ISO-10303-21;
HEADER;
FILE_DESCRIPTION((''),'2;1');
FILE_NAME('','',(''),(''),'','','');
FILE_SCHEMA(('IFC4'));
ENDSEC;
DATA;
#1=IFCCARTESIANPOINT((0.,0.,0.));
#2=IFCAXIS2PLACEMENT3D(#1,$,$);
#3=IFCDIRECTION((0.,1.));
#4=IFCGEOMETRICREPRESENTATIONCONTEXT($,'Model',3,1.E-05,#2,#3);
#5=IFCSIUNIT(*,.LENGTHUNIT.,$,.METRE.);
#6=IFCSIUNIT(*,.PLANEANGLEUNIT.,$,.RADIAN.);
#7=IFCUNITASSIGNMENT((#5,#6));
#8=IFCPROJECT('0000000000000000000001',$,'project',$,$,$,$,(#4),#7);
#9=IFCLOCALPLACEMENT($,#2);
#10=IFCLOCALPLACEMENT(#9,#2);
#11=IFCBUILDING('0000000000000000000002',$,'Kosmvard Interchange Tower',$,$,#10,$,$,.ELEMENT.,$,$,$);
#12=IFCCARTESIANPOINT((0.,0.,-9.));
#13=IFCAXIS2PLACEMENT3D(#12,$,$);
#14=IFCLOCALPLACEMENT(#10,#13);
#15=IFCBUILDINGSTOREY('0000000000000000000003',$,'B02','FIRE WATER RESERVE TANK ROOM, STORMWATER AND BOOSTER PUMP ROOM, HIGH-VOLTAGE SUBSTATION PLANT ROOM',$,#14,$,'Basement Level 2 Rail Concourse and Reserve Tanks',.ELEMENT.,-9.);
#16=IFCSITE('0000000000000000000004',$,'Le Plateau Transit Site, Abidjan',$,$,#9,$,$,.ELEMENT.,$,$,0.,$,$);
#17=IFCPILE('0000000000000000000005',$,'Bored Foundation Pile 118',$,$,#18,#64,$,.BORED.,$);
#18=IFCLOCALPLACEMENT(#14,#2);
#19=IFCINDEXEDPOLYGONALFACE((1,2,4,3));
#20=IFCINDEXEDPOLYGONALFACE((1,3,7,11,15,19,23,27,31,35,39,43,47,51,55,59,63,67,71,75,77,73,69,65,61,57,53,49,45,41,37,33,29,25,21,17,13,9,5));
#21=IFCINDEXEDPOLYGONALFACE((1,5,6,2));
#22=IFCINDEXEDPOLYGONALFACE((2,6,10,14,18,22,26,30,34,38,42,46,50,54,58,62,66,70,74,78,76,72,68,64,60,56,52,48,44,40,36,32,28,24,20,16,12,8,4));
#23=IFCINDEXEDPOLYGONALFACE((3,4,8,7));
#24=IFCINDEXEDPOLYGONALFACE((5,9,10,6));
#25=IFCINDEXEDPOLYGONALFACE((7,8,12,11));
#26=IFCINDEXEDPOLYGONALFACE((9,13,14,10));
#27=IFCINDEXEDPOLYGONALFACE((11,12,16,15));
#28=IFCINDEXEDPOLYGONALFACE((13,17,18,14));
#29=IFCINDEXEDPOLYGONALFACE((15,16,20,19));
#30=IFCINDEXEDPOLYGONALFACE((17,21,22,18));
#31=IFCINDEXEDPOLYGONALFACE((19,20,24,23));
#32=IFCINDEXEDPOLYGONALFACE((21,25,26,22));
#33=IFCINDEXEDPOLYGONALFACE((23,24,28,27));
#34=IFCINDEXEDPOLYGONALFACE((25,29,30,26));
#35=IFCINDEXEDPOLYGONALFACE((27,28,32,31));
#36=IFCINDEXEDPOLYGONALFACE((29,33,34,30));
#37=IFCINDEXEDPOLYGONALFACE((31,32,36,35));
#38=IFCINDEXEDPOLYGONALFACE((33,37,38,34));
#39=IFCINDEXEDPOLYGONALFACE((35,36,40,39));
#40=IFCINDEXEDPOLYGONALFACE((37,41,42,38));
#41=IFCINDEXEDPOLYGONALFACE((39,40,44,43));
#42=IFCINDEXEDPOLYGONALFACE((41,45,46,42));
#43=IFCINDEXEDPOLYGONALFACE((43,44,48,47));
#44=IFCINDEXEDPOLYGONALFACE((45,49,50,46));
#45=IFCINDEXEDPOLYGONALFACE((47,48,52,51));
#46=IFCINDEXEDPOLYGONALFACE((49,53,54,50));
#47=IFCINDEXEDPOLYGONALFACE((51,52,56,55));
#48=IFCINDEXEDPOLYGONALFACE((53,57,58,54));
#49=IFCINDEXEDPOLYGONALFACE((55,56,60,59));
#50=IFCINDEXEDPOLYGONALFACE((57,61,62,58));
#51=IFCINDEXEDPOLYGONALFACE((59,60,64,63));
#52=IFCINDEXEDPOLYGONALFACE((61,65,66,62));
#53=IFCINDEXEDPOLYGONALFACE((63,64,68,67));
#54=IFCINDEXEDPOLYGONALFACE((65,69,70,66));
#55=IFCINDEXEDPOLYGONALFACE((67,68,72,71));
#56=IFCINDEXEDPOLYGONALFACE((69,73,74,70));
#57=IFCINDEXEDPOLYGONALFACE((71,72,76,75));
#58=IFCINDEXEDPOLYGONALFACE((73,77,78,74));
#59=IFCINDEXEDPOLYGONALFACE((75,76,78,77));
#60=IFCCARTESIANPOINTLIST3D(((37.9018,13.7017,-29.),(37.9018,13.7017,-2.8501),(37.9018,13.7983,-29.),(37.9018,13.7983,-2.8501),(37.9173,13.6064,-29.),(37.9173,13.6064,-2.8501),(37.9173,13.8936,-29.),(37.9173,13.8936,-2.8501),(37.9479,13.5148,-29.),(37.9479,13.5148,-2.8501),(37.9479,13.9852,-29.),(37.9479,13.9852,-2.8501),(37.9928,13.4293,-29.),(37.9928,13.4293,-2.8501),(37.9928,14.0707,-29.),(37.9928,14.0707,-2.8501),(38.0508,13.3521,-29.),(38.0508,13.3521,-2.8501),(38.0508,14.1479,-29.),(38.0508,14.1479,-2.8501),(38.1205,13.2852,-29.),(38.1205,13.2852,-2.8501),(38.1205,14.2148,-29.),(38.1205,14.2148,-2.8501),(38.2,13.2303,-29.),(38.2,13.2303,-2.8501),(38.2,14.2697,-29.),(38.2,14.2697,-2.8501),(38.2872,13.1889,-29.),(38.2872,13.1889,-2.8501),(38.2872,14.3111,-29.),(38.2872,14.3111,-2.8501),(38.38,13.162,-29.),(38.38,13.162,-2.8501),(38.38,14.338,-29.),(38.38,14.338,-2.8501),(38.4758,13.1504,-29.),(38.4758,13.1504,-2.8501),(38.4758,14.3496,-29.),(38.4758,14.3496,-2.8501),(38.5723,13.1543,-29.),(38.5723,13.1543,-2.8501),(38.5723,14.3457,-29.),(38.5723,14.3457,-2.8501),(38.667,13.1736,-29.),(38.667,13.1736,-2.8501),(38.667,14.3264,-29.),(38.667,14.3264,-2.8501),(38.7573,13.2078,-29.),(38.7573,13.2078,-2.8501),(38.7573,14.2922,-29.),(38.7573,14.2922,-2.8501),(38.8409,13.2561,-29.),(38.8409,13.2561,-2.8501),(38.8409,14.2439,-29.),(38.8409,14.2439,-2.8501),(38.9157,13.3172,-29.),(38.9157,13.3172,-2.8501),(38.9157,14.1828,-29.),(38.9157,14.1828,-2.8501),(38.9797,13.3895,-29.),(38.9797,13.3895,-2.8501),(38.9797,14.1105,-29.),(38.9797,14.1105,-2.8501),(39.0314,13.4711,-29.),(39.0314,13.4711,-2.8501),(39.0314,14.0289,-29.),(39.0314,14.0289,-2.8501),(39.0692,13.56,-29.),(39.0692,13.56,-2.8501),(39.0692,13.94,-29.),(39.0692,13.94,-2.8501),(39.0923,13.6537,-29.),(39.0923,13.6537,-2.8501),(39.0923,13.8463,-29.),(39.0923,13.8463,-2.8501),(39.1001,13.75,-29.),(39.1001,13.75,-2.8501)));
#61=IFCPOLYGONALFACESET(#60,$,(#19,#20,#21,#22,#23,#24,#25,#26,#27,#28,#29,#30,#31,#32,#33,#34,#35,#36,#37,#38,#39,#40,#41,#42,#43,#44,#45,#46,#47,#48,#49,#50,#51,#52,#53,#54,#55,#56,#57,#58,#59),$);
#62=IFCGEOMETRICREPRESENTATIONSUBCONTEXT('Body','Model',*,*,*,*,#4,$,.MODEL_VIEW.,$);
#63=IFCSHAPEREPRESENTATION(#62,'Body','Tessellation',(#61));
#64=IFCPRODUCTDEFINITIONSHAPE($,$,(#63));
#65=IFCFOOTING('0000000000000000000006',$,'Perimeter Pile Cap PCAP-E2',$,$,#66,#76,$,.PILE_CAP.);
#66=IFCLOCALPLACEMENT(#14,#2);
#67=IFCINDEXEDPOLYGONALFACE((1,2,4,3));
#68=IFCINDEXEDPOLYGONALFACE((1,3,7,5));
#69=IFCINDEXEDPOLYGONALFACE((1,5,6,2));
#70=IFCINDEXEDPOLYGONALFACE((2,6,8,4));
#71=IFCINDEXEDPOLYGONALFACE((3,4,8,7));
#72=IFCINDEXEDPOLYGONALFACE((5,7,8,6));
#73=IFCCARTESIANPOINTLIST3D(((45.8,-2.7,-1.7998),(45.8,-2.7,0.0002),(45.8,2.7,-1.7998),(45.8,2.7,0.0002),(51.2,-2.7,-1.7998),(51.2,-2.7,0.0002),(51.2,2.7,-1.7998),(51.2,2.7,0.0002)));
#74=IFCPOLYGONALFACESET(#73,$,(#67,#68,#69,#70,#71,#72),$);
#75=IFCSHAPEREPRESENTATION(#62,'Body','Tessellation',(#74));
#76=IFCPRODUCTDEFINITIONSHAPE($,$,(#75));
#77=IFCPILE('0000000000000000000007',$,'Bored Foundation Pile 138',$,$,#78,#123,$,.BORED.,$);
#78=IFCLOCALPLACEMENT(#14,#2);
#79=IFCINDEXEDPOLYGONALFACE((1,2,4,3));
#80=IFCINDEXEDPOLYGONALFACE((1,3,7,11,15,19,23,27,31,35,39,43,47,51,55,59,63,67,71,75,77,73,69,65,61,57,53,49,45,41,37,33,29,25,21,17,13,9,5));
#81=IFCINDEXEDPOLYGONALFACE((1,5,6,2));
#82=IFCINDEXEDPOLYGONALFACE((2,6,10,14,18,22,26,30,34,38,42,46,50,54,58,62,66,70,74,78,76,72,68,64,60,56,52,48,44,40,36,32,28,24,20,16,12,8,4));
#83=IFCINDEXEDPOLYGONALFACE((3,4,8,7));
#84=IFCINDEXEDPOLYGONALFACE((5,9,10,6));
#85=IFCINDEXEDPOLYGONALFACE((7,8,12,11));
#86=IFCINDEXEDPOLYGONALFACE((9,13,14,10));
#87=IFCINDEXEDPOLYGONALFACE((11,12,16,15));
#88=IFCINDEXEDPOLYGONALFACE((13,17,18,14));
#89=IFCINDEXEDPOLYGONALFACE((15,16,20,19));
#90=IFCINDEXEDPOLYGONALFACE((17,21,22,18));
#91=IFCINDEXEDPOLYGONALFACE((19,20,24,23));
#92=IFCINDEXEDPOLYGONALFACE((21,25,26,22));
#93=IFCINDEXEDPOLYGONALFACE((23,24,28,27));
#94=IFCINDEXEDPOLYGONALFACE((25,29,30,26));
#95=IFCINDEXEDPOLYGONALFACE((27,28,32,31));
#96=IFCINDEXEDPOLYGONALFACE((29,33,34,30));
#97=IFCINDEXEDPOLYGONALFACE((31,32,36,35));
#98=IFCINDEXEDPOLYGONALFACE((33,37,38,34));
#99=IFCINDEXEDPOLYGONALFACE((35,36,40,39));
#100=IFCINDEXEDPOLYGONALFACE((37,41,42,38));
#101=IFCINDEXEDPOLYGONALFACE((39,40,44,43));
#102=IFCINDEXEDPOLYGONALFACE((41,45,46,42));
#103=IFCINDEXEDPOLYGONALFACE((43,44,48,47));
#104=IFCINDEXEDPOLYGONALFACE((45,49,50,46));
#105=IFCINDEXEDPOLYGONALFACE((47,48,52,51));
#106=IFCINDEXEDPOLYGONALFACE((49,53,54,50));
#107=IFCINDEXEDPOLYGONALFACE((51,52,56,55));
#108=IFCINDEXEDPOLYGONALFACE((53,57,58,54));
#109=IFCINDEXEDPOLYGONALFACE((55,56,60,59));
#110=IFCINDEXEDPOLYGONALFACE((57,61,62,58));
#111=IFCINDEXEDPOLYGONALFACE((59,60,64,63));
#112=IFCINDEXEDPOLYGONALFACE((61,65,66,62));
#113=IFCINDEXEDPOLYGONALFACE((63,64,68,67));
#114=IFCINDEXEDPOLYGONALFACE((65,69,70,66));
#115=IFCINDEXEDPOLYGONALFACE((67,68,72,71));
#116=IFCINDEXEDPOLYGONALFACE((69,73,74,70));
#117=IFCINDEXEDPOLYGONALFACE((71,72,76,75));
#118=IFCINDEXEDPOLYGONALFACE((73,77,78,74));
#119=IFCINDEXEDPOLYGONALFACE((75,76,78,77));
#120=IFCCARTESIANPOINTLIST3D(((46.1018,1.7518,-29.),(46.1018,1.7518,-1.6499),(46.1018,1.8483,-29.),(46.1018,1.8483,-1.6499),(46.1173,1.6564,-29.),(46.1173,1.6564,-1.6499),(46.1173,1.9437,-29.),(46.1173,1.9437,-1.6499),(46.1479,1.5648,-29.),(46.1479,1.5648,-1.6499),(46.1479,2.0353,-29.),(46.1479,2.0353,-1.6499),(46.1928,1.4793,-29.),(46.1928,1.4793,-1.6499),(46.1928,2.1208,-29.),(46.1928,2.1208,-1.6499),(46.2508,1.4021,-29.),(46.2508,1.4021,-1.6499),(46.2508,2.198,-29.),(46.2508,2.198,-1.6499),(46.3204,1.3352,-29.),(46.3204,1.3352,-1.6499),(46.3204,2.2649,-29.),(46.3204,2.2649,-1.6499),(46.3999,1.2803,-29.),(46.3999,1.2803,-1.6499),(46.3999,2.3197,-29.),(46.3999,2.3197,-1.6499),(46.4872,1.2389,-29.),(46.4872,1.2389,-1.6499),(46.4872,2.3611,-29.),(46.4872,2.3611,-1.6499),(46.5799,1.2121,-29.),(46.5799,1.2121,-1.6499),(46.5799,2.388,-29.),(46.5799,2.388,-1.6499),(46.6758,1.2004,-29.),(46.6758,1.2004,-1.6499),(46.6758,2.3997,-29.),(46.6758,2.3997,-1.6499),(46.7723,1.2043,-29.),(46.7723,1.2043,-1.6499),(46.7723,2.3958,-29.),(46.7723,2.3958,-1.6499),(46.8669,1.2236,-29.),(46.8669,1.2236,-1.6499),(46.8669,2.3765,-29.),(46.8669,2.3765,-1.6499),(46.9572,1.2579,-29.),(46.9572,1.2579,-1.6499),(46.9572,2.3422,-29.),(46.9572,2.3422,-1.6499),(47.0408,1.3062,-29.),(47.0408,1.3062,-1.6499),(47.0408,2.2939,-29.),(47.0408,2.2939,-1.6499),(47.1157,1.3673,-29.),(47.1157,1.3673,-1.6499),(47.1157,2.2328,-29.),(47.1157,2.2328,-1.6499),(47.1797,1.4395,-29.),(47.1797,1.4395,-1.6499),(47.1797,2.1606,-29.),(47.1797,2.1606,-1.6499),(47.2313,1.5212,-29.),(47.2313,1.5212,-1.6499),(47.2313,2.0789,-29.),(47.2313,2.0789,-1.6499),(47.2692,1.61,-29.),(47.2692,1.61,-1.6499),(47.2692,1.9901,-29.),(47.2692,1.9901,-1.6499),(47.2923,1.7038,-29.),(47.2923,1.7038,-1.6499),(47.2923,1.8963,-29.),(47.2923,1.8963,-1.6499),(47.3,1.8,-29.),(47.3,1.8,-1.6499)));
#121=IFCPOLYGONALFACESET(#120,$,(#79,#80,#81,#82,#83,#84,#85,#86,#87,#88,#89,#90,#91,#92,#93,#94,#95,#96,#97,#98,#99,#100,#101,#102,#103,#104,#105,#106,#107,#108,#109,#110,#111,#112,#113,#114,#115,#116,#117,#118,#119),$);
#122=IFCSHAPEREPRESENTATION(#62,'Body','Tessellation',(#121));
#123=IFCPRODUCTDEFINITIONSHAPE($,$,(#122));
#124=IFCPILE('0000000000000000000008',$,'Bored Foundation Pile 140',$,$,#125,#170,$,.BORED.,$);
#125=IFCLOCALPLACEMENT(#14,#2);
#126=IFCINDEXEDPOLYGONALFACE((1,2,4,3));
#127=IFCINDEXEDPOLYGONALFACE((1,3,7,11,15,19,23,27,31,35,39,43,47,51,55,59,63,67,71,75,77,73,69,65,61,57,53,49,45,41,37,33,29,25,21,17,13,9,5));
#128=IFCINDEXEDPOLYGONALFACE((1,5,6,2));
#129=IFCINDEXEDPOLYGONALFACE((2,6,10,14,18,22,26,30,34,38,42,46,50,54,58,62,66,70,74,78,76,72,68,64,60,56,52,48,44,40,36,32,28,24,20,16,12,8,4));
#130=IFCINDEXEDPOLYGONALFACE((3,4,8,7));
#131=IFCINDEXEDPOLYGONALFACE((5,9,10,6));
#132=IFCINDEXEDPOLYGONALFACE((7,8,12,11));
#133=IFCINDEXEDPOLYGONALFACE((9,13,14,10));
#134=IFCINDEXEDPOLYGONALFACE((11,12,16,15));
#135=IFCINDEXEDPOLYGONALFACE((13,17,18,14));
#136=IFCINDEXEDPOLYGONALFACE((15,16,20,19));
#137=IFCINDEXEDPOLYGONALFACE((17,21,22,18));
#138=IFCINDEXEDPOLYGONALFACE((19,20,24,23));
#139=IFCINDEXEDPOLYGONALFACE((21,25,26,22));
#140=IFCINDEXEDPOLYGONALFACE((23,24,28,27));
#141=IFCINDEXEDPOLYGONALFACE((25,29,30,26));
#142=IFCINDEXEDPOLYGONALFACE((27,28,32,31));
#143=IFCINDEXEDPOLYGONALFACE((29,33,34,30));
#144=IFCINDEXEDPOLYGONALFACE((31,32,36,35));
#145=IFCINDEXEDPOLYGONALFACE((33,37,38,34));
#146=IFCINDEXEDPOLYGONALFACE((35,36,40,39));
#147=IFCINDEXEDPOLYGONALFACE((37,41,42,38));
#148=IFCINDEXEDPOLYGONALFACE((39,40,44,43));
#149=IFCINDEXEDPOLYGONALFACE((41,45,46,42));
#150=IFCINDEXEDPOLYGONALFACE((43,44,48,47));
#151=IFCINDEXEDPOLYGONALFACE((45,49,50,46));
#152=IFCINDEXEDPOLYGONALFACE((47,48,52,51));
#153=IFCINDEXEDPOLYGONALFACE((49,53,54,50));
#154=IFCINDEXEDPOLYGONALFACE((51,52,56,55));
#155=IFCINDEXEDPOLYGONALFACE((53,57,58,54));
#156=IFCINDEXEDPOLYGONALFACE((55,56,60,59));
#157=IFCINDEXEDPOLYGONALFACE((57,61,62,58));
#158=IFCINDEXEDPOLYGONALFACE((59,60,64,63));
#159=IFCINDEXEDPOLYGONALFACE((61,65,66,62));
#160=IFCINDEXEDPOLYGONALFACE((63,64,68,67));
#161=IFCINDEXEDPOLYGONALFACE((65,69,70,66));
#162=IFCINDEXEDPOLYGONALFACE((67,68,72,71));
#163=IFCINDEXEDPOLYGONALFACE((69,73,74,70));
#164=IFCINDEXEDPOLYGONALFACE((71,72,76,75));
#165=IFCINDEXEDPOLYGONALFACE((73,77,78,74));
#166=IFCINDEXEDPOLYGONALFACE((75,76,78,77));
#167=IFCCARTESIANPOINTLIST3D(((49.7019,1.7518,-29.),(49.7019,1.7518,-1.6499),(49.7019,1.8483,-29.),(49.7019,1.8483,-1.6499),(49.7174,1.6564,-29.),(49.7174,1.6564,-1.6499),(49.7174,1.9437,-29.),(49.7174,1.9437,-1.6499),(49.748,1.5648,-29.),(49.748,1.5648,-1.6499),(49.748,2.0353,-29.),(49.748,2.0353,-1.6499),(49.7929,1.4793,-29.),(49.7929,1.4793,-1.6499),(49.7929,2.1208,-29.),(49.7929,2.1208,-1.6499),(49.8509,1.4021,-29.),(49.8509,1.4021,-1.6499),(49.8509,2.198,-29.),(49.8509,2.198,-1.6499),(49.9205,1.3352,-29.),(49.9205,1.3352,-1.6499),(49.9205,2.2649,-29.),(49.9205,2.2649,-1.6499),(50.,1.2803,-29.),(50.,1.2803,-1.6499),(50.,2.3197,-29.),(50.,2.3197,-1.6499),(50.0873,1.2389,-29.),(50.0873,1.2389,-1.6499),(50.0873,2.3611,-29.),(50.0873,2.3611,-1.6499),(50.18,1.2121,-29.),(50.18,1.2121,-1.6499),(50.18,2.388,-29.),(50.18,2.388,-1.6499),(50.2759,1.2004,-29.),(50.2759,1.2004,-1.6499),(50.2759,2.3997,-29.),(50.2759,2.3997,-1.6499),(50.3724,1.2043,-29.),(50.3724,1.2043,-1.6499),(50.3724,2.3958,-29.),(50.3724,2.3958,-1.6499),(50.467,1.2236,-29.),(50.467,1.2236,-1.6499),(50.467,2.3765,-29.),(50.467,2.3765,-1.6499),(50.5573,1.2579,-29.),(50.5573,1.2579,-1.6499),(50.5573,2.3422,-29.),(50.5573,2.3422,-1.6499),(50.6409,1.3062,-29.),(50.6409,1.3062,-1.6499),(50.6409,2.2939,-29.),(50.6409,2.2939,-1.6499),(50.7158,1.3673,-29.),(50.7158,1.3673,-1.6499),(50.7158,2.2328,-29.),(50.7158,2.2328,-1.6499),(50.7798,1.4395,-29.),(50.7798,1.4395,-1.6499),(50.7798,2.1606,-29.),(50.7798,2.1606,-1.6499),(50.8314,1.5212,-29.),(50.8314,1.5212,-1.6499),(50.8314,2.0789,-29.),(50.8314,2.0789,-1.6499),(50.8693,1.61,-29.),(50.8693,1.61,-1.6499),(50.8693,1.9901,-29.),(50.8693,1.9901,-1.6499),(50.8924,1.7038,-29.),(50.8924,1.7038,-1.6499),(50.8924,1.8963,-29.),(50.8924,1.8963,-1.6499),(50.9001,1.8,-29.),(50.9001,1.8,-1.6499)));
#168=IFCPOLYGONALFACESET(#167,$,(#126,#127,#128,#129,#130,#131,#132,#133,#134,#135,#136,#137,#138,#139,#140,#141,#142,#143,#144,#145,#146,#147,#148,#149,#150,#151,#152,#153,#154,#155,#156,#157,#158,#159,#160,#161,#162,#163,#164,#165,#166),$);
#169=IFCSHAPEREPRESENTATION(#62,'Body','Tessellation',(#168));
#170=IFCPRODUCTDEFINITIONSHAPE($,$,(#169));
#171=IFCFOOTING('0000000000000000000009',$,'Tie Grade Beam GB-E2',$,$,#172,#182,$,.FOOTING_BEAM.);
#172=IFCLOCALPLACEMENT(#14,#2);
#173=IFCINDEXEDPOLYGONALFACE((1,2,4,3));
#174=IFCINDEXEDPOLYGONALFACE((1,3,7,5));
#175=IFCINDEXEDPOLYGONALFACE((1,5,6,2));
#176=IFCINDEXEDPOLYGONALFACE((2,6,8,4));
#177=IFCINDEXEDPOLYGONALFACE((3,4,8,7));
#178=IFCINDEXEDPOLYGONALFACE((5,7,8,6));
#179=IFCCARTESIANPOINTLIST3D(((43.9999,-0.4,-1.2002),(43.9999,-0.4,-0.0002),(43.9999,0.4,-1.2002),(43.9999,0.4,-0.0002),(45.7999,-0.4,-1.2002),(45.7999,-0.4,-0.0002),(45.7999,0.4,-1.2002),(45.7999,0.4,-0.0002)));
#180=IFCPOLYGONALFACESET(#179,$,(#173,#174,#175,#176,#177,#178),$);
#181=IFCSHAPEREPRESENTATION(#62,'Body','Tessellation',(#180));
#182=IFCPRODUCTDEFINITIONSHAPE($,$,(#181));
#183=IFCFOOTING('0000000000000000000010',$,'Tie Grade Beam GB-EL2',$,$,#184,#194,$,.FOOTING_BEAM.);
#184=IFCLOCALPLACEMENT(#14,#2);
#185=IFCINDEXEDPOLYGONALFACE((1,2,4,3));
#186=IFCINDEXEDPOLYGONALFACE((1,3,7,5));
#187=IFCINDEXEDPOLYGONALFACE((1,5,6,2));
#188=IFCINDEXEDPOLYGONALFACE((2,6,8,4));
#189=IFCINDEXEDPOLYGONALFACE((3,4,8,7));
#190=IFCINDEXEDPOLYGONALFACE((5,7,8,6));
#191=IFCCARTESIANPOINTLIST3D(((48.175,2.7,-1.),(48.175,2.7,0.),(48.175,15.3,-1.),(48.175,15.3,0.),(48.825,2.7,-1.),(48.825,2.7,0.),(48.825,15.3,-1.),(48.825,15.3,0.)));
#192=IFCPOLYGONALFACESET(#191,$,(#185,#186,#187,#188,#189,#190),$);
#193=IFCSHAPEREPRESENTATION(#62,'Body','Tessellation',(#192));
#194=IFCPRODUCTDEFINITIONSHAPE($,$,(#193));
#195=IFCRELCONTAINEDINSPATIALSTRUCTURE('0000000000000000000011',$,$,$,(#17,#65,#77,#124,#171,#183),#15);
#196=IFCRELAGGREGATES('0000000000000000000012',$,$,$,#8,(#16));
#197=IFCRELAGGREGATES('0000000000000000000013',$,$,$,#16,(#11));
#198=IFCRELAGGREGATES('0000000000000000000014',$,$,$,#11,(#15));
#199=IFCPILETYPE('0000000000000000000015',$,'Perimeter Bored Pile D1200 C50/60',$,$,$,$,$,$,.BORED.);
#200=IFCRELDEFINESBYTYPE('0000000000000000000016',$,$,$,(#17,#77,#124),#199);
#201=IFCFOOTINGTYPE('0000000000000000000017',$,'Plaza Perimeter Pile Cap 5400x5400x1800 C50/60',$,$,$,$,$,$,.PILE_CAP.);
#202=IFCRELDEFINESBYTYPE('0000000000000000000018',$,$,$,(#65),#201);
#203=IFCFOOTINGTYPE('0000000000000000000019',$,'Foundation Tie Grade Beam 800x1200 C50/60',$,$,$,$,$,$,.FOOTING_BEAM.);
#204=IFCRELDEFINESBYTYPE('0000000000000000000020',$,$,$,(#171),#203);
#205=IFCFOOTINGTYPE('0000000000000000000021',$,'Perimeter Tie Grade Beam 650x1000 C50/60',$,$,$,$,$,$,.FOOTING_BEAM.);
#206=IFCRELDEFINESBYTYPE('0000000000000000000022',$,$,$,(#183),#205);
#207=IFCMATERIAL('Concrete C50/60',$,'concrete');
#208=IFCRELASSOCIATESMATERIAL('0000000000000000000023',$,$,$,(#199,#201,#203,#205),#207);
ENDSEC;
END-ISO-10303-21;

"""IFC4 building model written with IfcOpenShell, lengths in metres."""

from ifc_helpers import new_model, si_unit, direction, frame, origin, origin_2d, place, context, subcontext, project, spatial, rectangle, circle, extrude, source, transform, mapped, material, material_profile, profile_set, type_object, element, save


model = new_model("IFC4")

# Units and contexts
model_context = context("Model", 3, precision=1e-05, world=origin(), true_north=direction((0.0, 1.0)))
body_context = subcontext(model_context, "Body", "Model", "MODEL_VIEW")
ifc_project = project(units=[si_unit("LENGTHUNIT", "METRE"), si_unit("PLANEANGLEUNIT", "RADIAN")], contexts=[model_context])

# Site, building, storey
site_placement = place(None, origin())
site = spatial("IfcSite", under=ifc_project, at=site_placement, Name="Le Plateau Transit Site, Abidjan", CompositionType="ELEMENT", RefElevation=0.0)
building_placement = place(site_placement, origin())
building = spatial("IfcBuilding", under=site, at=building_placement, Name="Kosmvard Interchange Tower", CompositionType="ELEMENT")
storey_placement = place(building_placement, frame((0.0, 0.0, -9.0)))
storey = spatial("IfcBuildingStorey", under=building, at=storey_placement, Name="B02", Description="FIRE WATER RESERVE TANK ROOM, STORMWATER AND BOOSTER PUMP ROOM, HIGH-VOLTAGE SUBSTATION PLANT ROOM", LongName="Basement Level 2 Rail Concourse and Reserve Tanks", CompositionType="ELEMENT", Elevation=-9.0)

# Pile
ifc_material_1 = material(Name="Concrete C50/60", Category="concrete")
ifc_material_profile_1 = material_profile(ifc_material_1, circle(Radius=0.6001, at=origin_2d()), Name="PILE D1200")
ifc_profile_set_1 = profile_set([ifc_material_profile_1], Name="Concrete C50/60")
pile_type = type_object("IfcPileType", Name="Perimeter Bored Pile D1200 C50/60", PredefinedType="BORED", material=ifc_profile_set_1)
shared_shape_1 = source(origin(), body_context, "Body", "SweptSolid", [
    extrude(circle(Radius=0.6001, at=origin_2d()), origin(), (0.0, 0.0, 1.0), 26.1499),
])
for number, where, z_axis, x_axis, name in (
    (1, (38.5, 13.75, -2.8501), (0.0, 0.0, -1.0), (1.0, 0.0, 0.0), "Bored Foundation Pile 118"),
):
    element("IfcPile", number, at=place(storey_placement, frame(where, z_axis=z_axis, x_axis=x_axis)), inside=storey, type_object=pile_type, Name=name, PredefinedType="BORED", context=body_context, shape_type="MappedRepresentation", body=[
        mapped(shared_shape_1, transform((0.0, 0.0, 0.0), scale=1.0)),
    ])

# Footing
footing_type_1 = type_object("IfcFootingType", Name="Plaza Perimeter Pile Cap 5400x5400x1800 C50/60", PredefinedType="PILE_CAP", material=ifc_material_1)
shared_shape_2 = source(origin(), body_context, "Body", "SweptSolid", [
    extrude(rectangle(XDim=5.3999, YDim=5.3999, at=origin_2d()), origin(), (0.0, 0.0, 1.0), 1.8),
])
footing_1_placement = place(storey_placement, frame((48.5, 0.0, -1.7998), z_axis=(0.0, 0.0, 1.0), x_axis=(1.0, 0.0, 0.0)))
element("IfcFooting", 2, at=footing_1_placement, inside=storey, type_object=footing_type_1, Name="Perimeter Pile Cap PCAP-E2", PredefinedType="PILE_CAP", context=body_context, shape_type="MappedRepresentation", body=[
    mapped(shared_shape_2, transform((0.0, 0.0, 0.0), scale=1.0)),
])

# Piles
shared_shape_3 = source(origin(), body_context, "Body", "SweptSolid", [
    extrude(circle(Radius=0.6001, at=origin_2d()), origin(), (0.0, 0.0, 1.0), 27.3501),
])
for number, where, z_axis, x_axis, name in (
    (3, (46.7, 1.8, -1.6499), (0.0, 0.0, -1.0), (1.0, 0.0, 0.0), "Bored Foundation Pile 138"),
    (4, (50.3, 1.8, -1.6499), (0.0, 0.0, -1.0), (1.0, 0.0, 0.0), "Bored Foundation Pile 140"),
):
    element("IfcPile", number, at=place(storey_placement, frame(where, z_axis=z_axis, x_axis=x_axis)), inside=storey, type_object=pile_type, Name=name, PredefinedType="BORED", context=body_context, shape_type="MappedRepresentation", body=[
        mapped(shared_shape_3, transform((0.0, 0.0, 0.0), scale=1.0)),
    ])

# Footings
ifc_material_profile_2 = material_profile(ifc_material_1, rectangle(XDim=0.8, YDim=1.2, at=origin_2d()), Name="GB 800x1200")
ifc_profile_set_2 = profile_set([ifc_material_profile_2], Name="Concrete C50/60")
footing_type_2 = type_object("IfcFootingType", Name="Foundation Tie Grade Beam 800x1200 C50/60", PredefinedType="FOOTING_BEAM", material=ifc_profile_set_2)
shared_shape_4 = source(origin(), body_context, "Body", "SweptSolid", [
    extrude(rectangle(XDim=1.8, YDim=0.8, at=origin_2d()), origin(), (0.0, 0.0, 1.0), 1.2),
])
footing_2_placement = place(storey_placement, frame((44.8999, 0.0, -1.2002), z_axis=(0.0, 0.0, 1.0), x_axis=(1.0, 0.0, 0.0)))
element("IfcFooting", 5, at=footing_2_placement, inside=storey, type_object=footing_type_2, Name="Tie Grade Beam GB-E2", PredefinedType="FOOTING_BEAM", context=body_context, shape_type="MappedRepresentation", body=[
    mapped(shared_shape_4, transform((0.0, 0.0, 0.0), scale=1.0)),
])
ifc_material_profile_3 = material_profile(ifc_material_1, rectangle(XDim=0.6499, YDim=1.0, at=origin_2d()), Name="GB 650x1000")
ifc_profile_set_3 = profile_set([ifc_material_profile_3], Name="Concrete C50/60")
footing_type_3 = type_object("IfcFootingType", Name="Perimeter Tie Grade Beam 650x1000 C50/60", PredefinedType="FOOTING_BEAM", material=ifc_profile_set_3)
shared_shape_5 = source(origin(), body_context, "Body", "SweptSolid", [
    extrude(rectangle(XDim=0.6499, YDim=12.6001, at=origin_2d()), origin(), (0.0, 0.0, 1.0), 1.0),
])
footing_3_placement = place(storey_placement, frame((48.5, 9.0, -1.0), z_axis=(0.0, 0.0, 1.0), x_axis=(1.0, 0.0, 0.0)))
element("IfcFooting", 6, at=footing_3_placement, inside=storey, type_object=footing_type_3, Name="Tie Grade Beam GB-EL2", PredefinedType="FOOTING_BEAM", context=body_context, shape_type="MappedRepresentation", body=[
    mapped(shared_shape_5, transform((0.0, 0.0, 0.0), scale=1.0)),
])

save(model, "model.ifc")
